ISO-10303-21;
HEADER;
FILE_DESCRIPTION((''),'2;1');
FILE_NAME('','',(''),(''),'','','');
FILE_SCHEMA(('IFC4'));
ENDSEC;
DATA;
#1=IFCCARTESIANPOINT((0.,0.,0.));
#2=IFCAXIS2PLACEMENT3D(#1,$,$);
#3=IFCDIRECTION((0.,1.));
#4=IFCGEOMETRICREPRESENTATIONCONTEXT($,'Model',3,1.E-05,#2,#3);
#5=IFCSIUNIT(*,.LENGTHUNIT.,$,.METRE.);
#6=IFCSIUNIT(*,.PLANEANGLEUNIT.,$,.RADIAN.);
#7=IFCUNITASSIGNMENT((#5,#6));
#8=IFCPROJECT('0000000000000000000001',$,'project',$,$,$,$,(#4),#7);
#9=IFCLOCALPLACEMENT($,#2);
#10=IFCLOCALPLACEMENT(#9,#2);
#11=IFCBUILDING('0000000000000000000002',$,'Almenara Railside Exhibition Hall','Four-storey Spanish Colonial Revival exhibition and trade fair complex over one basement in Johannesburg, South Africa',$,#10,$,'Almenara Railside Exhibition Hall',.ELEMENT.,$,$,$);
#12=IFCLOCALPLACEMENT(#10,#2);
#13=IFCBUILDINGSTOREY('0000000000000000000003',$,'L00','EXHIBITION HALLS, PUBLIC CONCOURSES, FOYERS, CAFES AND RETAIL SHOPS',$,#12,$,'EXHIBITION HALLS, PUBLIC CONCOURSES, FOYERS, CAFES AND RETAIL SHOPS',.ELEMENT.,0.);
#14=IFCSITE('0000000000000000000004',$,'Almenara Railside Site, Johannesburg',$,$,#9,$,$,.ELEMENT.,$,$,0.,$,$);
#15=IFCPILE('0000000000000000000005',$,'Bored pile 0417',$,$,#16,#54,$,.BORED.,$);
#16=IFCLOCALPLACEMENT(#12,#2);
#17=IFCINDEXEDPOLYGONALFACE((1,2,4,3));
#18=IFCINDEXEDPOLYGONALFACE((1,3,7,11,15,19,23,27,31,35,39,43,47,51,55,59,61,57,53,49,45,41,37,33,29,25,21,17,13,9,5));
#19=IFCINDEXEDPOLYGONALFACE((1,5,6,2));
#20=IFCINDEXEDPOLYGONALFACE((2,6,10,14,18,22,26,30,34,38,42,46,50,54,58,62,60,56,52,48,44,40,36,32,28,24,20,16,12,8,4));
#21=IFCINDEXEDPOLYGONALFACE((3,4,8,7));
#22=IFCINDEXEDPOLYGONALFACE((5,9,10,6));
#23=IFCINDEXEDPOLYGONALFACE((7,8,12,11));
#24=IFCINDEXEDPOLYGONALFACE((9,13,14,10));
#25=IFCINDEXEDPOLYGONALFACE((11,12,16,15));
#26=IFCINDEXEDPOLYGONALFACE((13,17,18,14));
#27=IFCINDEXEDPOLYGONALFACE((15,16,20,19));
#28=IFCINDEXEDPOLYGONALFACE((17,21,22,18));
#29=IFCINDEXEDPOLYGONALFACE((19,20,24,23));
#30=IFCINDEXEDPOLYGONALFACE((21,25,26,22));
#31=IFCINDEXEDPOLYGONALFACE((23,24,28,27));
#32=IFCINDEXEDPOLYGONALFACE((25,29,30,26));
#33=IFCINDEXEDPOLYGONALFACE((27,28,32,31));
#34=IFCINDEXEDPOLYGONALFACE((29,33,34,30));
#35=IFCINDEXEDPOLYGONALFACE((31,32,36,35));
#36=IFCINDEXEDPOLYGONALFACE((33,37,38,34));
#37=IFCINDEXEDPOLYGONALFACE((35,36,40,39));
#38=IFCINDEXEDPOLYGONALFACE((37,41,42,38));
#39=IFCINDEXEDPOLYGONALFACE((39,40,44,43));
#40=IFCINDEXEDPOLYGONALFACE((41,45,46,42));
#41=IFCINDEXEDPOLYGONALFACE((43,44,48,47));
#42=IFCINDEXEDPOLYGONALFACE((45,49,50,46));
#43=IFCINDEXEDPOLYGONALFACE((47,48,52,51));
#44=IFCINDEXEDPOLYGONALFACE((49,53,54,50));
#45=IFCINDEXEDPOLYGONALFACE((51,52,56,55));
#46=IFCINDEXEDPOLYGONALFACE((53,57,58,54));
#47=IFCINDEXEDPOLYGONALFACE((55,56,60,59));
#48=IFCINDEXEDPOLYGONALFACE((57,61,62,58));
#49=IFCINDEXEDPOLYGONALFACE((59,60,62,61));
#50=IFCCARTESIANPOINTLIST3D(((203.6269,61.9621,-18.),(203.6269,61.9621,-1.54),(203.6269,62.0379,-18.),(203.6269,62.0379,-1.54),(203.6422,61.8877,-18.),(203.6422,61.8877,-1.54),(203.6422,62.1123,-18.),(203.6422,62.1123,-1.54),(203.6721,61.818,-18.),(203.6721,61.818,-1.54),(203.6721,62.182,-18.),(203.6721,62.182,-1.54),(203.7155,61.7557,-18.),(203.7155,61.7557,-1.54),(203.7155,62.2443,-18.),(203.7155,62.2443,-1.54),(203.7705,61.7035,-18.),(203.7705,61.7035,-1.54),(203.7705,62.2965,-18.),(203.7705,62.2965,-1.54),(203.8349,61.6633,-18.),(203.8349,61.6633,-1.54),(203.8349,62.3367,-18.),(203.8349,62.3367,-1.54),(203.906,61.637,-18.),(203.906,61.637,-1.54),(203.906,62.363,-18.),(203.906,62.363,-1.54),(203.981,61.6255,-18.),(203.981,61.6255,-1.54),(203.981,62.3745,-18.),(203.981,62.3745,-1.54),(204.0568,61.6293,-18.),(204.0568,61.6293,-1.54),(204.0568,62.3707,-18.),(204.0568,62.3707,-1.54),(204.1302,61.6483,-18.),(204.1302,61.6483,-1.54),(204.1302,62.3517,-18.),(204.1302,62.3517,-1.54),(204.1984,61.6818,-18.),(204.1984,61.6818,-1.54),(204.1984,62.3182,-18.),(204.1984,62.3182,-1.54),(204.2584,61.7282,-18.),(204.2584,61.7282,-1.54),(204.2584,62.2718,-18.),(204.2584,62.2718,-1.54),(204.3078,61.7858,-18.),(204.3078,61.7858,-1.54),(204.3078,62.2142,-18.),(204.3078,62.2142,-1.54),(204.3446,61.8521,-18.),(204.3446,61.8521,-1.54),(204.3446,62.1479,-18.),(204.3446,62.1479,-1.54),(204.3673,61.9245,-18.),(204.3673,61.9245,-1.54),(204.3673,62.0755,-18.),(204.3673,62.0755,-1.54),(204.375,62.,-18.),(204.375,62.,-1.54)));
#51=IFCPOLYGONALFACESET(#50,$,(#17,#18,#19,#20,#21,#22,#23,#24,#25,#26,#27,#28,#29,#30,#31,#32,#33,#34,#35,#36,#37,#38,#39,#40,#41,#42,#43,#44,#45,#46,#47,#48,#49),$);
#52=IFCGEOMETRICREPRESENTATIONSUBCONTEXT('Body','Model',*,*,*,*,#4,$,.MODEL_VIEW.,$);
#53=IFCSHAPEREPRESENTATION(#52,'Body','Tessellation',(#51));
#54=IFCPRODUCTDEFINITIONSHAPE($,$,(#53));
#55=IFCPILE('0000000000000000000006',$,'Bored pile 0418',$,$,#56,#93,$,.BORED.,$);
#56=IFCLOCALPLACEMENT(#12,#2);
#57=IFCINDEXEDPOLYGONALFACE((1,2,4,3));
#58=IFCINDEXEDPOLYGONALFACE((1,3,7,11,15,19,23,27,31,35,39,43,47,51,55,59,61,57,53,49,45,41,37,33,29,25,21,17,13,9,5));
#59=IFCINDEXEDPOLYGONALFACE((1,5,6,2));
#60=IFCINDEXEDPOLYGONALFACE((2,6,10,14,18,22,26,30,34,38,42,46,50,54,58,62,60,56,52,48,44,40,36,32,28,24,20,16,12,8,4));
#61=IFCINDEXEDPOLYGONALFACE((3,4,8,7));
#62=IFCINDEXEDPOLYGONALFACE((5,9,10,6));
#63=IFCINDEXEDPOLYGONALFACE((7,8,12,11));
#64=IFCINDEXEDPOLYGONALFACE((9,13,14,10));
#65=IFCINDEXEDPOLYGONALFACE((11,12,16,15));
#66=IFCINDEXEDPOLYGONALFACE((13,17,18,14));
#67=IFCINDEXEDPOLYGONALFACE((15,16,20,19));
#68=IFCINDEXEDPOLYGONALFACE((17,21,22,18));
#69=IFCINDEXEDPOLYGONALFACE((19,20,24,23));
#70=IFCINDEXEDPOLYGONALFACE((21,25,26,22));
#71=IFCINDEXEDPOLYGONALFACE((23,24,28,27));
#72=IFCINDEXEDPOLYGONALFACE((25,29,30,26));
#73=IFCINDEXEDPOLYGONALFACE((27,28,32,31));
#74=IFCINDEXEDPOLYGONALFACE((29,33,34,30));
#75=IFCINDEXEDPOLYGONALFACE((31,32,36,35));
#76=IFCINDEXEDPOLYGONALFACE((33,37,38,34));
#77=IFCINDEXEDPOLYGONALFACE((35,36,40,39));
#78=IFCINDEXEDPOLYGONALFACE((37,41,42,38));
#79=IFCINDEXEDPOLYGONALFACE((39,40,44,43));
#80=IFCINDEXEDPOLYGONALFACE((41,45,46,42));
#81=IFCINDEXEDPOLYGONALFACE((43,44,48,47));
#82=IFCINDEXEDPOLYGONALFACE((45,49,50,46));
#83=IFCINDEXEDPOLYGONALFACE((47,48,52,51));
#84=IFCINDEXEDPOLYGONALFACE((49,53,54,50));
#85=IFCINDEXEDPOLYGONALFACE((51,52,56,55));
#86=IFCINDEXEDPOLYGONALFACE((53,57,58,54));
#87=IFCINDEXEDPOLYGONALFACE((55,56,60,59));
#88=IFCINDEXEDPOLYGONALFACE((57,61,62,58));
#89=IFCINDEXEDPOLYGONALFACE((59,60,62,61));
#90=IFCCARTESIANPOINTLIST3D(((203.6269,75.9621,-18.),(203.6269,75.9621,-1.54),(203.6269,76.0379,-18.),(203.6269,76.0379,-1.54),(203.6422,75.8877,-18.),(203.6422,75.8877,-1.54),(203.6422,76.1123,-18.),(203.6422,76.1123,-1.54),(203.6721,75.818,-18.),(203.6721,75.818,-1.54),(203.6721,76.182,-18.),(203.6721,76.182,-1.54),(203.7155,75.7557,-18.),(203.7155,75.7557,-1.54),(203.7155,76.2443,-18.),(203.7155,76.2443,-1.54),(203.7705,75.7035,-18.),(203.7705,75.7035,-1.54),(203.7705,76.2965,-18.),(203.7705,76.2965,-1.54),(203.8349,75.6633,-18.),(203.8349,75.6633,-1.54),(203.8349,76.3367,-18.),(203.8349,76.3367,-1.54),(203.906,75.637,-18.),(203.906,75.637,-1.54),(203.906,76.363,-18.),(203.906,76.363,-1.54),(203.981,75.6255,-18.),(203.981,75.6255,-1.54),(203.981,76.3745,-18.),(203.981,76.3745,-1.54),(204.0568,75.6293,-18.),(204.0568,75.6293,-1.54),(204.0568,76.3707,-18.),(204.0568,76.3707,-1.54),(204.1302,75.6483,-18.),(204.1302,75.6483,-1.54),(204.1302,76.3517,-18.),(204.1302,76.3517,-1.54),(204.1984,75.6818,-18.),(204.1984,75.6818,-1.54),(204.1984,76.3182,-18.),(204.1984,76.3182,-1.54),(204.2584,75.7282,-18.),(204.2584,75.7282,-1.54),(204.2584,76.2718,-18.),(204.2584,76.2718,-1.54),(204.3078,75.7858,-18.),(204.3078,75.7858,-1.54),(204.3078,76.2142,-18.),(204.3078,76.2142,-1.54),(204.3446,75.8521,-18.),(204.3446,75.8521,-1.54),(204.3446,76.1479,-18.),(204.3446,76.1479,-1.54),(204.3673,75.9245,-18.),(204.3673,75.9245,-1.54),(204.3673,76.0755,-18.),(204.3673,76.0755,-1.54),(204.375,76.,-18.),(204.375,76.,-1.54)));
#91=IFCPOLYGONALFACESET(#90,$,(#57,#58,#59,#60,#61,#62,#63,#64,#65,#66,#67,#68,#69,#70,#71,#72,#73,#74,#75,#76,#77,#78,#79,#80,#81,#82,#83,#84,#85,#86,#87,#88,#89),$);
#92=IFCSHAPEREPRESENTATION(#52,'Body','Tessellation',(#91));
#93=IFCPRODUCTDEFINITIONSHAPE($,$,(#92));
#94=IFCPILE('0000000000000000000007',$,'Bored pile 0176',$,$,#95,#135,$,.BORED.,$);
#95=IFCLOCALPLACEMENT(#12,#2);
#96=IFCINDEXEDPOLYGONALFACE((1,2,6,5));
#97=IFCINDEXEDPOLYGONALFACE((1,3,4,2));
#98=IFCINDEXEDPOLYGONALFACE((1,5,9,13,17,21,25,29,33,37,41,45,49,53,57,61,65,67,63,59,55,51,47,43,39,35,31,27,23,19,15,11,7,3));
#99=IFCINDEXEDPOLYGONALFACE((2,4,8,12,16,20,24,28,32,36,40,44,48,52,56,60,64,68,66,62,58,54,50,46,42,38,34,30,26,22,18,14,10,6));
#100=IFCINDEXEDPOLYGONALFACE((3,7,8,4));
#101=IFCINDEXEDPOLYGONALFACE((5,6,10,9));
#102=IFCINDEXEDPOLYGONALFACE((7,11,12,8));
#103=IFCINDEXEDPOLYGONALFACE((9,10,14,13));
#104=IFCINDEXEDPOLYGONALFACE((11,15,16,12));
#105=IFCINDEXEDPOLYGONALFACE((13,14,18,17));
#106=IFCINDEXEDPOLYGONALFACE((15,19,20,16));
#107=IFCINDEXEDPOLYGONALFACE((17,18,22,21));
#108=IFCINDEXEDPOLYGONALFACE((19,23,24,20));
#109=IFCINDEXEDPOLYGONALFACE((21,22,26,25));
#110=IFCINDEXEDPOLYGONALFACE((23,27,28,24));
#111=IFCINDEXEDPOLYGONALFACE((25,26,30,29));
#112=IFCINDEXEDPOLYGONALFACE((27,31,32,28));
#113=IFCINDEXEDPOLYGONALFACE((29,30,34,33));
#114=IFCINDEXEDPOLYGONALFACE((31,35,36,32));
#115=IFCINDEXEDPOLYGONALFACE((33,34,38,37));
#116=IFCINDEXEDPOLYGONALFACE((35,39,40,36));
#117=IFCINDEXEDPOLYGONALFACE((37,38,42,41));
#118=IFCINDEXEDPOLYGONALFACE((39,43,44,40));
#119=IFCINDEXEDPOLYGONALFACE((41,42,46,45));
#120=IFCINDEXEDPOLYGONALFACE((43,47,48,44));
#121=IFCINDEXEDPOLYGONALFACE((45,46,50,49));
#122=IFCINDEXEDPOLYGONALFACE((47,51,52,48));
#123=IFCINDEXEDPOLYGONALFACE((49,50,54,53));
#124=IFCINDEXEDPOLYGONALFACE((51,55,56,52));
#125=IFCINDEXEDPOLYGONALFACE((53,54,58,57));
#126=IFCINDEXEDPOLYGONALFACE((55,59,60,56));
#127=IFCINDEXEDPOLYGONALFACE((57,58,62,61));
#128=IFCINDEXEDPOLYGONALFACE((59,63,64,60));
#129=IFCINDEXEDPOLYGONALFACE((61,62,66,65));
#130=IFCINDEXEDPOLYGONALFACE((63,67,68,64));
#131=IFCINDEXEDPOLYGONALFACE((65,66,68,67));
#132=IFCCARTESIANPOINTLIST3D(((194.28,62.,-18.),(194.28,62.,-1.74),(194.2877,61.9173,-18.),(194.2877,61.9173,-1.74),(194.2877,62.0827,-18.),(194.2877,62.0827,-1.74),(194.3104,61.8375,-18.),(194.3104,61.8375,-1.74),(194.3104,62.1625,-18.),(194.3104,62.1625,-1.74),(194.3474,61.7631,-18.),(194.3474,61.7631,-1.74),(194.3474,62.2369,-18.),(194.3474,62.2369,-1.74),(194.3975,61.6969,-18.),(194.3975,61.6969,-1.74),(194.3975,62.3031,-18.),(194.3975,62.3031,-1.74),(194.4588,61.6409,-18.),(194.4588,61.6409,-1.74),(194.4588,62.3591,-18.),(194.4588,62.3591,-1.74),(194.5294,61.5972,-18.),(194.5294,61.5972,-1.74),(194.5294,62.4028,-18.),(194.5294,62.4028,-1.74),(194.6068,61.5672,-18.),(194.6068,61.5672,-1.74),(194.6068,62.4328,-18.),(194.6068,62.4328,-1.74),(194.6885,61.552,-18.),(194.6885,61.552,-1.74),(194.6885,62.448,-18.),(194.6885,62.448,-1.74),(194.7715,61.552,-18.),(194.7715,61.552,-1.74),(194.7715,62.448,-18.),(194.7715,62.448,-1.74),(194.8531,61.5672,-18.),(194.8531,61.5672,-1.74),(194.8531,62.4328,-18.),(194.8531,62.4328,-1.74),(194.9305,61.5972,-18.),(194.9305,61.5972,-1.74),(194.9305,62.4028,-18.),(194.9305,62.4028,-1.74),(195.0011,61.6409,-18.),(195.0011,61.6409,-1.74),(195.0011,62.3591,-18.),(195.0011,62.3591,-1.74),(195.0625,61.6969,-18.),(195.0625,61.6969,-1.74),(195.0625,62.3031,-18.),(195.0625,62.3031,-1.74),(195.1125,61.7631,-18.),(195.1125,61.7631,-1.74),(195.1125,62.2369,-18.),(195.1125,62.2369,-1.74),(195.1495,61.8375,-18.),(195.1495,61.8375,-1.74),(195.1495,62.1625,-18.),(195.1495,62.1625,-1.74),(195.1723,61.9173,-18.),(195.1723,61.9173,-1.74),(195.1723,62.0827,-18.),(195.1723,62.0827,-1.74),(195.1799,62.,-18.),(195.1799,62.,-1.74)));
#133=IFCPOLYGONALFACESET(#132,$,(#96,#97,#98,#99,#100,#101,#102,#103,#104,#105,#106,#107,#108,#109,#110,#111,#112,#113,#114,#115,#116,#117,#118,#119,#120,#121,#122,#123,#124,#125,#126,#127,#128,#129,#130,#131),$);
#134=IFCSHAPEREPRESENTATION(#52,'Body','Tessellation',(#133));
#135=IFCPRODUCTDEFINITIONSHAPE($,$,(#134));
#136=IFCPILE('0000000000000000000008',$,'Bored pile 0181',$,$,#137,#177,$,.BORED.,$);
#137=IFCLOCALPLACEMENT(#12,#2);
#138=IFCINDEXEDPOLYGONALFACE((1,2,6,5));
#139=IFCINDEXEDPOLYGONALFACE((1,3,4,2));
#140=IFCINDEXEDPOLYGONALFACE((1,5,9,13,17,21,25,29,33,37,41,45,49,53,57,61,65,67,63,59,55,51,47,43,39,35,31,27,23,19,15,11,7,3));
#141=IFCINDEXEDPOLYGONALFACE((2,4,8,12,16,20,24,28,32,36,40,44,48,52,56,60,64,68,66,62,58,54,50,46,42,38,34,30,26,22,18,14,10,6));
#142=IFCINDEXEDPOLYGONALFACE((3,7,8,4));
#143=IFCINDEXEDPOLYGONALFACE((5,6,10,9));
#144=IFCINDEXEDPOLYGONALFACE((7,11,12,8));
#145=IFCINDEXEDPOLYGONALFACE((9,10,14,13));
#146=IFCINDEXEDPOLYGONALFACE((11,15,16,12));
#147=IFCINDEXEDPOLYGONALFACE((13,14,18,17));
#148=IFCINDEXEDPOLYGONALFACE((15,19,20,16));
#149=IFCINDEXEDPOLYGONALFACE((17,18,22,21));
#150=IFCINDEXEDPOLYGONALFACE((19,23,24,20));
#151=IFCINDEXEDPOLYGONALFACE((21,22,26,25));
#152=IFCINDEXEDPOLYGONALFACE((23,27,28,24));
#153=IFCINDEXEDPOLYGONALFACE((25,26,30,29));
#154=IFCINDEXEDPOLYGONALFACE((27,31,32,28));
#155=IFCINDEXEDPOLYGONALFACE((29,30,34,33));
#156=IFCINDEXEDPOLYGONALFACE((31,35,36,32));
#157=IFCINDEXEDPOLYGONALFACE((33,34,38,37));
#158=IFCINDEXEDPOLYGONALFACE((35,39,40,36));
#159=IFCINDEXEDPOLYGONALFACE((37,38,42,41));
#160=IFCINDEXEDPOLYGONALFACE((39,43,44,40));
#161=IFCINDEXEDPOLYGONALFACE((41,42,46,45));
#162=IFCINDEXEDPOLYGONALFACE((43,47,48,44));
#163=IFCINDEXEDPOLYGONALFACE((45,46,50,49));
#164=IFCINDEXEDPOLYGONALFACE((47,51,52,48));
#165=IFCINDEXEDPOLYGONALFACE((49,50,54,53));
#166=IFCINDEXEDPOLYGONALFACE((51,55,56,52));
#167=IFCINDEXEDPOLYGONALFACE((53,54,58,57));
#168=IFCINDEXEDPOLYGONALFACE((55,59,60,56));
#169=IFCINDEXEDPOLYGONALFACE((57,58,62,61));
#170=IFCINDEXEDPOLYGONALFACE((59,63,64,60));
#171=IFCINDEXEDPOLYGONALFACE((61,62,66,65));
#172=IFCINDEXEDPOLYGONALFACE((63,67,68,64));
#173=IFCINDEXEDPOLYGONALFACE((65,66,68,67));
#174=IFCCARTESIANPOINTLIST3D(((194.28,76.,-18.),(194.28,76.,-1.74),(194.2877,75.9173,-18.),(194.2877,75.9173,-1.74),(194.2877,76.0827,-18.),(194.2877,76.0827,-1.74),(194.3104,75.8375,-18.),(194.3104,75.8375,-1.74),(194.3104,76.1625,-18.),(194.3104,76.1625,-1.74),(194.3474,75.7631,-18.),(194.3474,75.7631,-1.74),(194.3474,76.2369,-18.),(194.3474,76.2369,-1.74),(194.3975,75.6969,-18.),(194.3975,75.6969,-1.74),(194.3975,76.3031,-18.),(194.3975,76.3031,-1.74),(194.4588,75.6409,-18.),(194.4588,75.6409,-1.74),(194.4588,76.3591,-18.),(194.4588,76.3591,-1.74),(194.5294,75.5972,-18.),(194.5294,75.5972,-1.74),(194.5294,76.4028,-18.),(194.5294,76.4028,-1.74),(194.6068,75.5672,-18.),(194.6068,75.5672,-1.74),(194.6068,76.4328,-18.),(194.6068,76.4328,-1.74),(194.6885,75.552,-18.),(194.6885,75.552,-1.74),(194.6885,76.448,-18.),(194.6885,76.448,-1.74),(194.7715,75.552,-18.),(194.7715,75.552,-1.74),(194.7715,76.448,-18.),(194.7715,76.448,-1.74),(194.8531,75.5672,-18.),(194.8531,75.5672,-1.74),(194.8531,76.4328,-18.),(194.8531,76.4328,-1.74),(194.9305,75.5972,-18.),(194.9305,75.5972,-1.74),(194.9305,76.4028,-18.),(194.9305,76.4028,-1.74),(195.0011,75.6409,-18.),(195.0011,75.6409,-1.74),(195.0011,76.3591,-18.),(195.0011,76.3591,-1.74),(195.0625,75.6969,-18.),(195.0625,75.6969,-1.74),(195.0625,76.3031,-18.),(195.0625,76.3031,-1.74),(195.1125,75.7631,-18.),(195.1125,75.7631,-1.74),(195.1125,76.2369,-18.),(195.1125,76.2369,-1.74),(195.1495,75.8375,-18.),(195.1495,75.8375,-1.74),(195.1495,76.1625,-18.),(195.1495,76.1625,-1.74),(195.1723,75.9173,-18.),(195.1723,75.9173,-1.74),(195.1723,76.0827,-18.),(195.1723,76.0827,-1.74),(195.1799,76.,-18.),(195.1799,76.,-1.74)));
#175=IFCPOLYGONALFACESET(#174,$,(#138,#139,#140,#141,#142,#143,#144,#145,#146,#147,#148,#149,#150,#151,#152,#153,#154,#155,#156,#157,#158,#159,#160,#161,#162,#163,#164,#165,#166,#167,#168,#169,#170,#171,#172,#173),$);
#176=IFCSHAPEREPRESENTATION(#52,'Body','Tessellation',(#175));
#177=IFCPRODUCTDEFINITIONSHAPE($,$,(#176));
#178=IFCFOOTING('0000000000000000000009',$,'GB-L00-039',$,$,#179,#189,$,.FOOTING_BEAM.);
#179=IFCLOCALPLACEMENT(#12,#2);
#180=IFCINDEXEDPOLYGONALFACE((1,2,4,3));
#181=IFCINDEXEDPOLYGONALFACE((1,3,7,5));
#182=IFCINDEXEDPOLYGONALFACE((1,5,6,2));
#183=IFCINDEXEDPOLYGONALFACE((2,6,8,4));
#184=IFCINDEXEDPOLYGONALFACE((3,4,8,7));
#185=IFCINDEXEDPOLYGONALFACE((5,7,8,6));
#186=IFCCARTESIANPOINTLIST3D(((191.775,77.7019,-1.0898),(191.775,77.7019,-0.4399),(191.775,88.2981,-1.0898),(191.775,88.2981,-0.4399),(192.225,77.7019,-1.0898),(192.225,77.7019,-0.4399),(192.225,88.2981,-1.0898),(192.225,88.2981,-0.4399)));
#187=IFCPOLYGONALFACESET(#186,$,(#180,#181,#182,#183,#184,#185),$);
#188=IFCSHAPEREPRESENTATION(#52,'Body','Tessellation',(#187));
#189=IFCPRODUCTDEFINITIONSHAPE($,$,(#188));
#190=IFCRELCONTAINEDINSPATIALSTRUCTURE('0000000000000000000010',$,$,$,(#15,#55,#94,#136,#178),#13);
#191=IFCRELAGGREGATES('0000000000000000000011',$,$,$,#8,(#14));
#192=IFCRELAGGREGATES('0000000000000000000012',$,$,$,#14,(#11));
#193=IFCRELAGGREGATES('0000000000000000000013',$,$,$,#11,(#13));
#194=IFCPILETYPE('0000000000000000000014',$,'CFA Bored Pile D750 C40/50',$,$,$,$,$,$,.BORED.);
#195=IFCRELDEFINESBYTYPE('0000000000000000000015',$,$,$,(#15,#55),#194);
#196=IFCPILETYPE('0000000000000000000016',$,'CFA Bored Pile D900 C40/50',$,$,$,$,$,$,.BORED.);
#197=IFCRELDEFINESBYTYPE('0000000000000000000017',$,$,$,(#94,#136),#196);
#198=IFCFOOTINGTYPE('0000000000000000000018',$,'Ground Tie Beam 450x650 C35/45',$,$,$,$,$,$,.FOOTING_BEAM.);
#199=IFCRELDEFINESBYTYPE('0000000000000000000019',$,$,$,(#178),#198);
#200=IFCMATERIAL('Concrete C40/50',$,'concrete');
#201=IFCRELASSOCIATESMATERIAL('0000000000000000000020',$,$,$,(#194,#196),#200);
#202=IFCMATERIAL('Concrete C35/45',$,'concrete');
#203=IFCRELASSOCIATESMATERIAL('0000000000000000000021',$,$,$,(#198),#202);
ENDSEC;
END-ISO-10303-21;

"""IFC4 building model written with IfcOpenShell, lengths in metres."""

from ifc_helpers import new_model, si_unit, direction, frame, origin, origin_2d, place, context, subcontext, project, spatial, rectangle, circle, extrude, material, material_profile, profile_set, type_object, element, save


model = new_model("IFC4")

# Units and contexts
model_context = context("Model", 3, precision=1e-05, world=origin(), true_north=direction((0.0, 1.0)))
body_context = subcontext(model_context, "Body", "Model", "MODEL_VIEW")
ifc_project = project(units=[si_unit("LENGTHUNIT", "METRE"), si_unit("PLANEANGLEUNIT", "RADIAN")], contexts=[model_context])

# Site, building, storey
site_placement = place(None, origin())
site = spatial("IfcSite", under=ifc_project, at=site_placement, Name="Almenara Railside Site, Johannesburg", CompositionType="ELEMENT", RefElevation=0.0)
building_placement = place(site_placement, origin())
building = spatial("IfcBuilding", under=site, at=building_placement, Name="Almenara Railside Exhibition Hall", Description="Four-storey Spanish Colonial Revival exhibition and trade fair complex over one basement in Johannesburg, South Africa", LongName="Almenara Railside Exhibition Hall", CompositionType="ELEMENT")
storey_placement = place(building_placement, origin())
storey = spatial("IfcBuildingStorey", under=building, at=storey_placement, Name="L00", Description="EXHIBITION HALLS, PUBLIC CONCOURSES, FOYERS, CAFES AND RETAIL SHOPS", LongName="EXHIBITION HALLS, PUBLIC CONCOURSES, FOYERS, CAFES AND RETAIL SHOPS", CompositionType="ELEMENT", Elevation=0.0)

# Piles
ifc_material_1 = material(Name="Concrete C40/50", Category="concrete")
ifc_material_profile_1 = material_profile(ifc_material_1, circle(Radius=0.375, at=origin_2d()), Name="CFA-PILE D750")
ifc_profile_set_1 = profile_set([ifc_material_profile_1], Name="Concrete C40/50")
pile_type_1 = type_object("IfcPileType", Name="CFA Bored Pile D750 C40/50", PredefinedType="BORED", material=ifc_profile_set_1)
for number, where, z_axis, x_axis, name in (
    (1, (204.0, 62.0, -1.54), (0.0, 0.0, -1.0), (1.0, 0.0, 0.0), "Bored pile 0417"),
    (2, (204.0, 76.0, -1.54), (0.0, 0.0, -1.0), (1.0, 0.0, 0.0), "Bored pile 0418"),
):
    element("IfcPile", number, at=place(storey_placement, frame(where, z_axis=z_axis, x_axis=x_axis)), inside=storey, type_object=pile_type_1, Name=name, PredefinedType="BORED", context=body_context, shape_type="SweptSolid", body=[
        extrude(circle(Radius=0.375, at=origin_2d()), origin(), (0.0, 0.0, 1.0), 16.46),
    ])
ifc_material_profile_2 = material_profile(ifc_material_1, circle(Radius=0.45, at=origin_2d()), Name="CFA-PILE D900")
ifc_profile_set_2 = profile_set([ifc_material_profile_2], Name="Concrete C40/50")
pile_type_2 = type_object("IfcPileType", Name="CFA Bored Pile D900 C40/50", PredefinedType="BORED", material=ifc_profile_set_2)
for number, where, z_axis, x_axis, name in (
    (3, (194.73, 62.0, -1.74), (0.0, 0.0, -1.0), (1.0, 0.0, 0.0), "Bored pile 0176"),
    (4, (194.73, 76.0, -1.74), (0.0, 0.0, -1.0), (1.0, 0.0, 0.0), "Bored pile 0181"),
):
    element("IfcPile", number, at=place(storey_placement, frame(where, z_axis=z_axis, x_axis=x_axis)), inside=storey, type_object=pile_type_2, Name=name, PredefinedType="BORED", context=body_context, shape_type="SweptSolid", body=[
        extrude(circle(Radius=0.45, at=origin_2d()), origin(), (0.0, 0.0, 1.0), 16.26),
    ])

# Footing
ifc_material_2 = material(Name="Concrete C35/45", Category="concrete")
ifc_material_profile_3 = material_profile(ifc_material_2, rectangle(XDim=0.45, YDim=0.6499, at=origin_2d()), Name="RC-GB 450x650")
ifc_profile_set_3 = profile_set([ifc_material_profile_3], Name="Concrete C35/45")
footing_type = type_object("IfcFootingType", Name="Ground Tie Beam 450x650 C35/45", PredefinedType="FOOTING_BEAM", material=ifc_profile_set_3)
footing_placement = place(storey_placement, frame((192.0, 77.7019, -0.7649), z_axis=(0.0, 1.0, 0.0), x_axis=(-1.0, 0.0, 0.0)))
element("IfcFooting", 5, at=footing_placement, inside=storey, type_object=footing_type, Name="GB-L00-039", PredefinedType="FOOTING_BEAM", context=body_context, shape_type="SweptSolid", body=[
    extrude(rectangle(XDim=0.45, YDim=0.6499, at=origin_2d()), origin(), (0.0, 0.0, 1.0), 10.5962),
])

save(model, "model.ifc")
